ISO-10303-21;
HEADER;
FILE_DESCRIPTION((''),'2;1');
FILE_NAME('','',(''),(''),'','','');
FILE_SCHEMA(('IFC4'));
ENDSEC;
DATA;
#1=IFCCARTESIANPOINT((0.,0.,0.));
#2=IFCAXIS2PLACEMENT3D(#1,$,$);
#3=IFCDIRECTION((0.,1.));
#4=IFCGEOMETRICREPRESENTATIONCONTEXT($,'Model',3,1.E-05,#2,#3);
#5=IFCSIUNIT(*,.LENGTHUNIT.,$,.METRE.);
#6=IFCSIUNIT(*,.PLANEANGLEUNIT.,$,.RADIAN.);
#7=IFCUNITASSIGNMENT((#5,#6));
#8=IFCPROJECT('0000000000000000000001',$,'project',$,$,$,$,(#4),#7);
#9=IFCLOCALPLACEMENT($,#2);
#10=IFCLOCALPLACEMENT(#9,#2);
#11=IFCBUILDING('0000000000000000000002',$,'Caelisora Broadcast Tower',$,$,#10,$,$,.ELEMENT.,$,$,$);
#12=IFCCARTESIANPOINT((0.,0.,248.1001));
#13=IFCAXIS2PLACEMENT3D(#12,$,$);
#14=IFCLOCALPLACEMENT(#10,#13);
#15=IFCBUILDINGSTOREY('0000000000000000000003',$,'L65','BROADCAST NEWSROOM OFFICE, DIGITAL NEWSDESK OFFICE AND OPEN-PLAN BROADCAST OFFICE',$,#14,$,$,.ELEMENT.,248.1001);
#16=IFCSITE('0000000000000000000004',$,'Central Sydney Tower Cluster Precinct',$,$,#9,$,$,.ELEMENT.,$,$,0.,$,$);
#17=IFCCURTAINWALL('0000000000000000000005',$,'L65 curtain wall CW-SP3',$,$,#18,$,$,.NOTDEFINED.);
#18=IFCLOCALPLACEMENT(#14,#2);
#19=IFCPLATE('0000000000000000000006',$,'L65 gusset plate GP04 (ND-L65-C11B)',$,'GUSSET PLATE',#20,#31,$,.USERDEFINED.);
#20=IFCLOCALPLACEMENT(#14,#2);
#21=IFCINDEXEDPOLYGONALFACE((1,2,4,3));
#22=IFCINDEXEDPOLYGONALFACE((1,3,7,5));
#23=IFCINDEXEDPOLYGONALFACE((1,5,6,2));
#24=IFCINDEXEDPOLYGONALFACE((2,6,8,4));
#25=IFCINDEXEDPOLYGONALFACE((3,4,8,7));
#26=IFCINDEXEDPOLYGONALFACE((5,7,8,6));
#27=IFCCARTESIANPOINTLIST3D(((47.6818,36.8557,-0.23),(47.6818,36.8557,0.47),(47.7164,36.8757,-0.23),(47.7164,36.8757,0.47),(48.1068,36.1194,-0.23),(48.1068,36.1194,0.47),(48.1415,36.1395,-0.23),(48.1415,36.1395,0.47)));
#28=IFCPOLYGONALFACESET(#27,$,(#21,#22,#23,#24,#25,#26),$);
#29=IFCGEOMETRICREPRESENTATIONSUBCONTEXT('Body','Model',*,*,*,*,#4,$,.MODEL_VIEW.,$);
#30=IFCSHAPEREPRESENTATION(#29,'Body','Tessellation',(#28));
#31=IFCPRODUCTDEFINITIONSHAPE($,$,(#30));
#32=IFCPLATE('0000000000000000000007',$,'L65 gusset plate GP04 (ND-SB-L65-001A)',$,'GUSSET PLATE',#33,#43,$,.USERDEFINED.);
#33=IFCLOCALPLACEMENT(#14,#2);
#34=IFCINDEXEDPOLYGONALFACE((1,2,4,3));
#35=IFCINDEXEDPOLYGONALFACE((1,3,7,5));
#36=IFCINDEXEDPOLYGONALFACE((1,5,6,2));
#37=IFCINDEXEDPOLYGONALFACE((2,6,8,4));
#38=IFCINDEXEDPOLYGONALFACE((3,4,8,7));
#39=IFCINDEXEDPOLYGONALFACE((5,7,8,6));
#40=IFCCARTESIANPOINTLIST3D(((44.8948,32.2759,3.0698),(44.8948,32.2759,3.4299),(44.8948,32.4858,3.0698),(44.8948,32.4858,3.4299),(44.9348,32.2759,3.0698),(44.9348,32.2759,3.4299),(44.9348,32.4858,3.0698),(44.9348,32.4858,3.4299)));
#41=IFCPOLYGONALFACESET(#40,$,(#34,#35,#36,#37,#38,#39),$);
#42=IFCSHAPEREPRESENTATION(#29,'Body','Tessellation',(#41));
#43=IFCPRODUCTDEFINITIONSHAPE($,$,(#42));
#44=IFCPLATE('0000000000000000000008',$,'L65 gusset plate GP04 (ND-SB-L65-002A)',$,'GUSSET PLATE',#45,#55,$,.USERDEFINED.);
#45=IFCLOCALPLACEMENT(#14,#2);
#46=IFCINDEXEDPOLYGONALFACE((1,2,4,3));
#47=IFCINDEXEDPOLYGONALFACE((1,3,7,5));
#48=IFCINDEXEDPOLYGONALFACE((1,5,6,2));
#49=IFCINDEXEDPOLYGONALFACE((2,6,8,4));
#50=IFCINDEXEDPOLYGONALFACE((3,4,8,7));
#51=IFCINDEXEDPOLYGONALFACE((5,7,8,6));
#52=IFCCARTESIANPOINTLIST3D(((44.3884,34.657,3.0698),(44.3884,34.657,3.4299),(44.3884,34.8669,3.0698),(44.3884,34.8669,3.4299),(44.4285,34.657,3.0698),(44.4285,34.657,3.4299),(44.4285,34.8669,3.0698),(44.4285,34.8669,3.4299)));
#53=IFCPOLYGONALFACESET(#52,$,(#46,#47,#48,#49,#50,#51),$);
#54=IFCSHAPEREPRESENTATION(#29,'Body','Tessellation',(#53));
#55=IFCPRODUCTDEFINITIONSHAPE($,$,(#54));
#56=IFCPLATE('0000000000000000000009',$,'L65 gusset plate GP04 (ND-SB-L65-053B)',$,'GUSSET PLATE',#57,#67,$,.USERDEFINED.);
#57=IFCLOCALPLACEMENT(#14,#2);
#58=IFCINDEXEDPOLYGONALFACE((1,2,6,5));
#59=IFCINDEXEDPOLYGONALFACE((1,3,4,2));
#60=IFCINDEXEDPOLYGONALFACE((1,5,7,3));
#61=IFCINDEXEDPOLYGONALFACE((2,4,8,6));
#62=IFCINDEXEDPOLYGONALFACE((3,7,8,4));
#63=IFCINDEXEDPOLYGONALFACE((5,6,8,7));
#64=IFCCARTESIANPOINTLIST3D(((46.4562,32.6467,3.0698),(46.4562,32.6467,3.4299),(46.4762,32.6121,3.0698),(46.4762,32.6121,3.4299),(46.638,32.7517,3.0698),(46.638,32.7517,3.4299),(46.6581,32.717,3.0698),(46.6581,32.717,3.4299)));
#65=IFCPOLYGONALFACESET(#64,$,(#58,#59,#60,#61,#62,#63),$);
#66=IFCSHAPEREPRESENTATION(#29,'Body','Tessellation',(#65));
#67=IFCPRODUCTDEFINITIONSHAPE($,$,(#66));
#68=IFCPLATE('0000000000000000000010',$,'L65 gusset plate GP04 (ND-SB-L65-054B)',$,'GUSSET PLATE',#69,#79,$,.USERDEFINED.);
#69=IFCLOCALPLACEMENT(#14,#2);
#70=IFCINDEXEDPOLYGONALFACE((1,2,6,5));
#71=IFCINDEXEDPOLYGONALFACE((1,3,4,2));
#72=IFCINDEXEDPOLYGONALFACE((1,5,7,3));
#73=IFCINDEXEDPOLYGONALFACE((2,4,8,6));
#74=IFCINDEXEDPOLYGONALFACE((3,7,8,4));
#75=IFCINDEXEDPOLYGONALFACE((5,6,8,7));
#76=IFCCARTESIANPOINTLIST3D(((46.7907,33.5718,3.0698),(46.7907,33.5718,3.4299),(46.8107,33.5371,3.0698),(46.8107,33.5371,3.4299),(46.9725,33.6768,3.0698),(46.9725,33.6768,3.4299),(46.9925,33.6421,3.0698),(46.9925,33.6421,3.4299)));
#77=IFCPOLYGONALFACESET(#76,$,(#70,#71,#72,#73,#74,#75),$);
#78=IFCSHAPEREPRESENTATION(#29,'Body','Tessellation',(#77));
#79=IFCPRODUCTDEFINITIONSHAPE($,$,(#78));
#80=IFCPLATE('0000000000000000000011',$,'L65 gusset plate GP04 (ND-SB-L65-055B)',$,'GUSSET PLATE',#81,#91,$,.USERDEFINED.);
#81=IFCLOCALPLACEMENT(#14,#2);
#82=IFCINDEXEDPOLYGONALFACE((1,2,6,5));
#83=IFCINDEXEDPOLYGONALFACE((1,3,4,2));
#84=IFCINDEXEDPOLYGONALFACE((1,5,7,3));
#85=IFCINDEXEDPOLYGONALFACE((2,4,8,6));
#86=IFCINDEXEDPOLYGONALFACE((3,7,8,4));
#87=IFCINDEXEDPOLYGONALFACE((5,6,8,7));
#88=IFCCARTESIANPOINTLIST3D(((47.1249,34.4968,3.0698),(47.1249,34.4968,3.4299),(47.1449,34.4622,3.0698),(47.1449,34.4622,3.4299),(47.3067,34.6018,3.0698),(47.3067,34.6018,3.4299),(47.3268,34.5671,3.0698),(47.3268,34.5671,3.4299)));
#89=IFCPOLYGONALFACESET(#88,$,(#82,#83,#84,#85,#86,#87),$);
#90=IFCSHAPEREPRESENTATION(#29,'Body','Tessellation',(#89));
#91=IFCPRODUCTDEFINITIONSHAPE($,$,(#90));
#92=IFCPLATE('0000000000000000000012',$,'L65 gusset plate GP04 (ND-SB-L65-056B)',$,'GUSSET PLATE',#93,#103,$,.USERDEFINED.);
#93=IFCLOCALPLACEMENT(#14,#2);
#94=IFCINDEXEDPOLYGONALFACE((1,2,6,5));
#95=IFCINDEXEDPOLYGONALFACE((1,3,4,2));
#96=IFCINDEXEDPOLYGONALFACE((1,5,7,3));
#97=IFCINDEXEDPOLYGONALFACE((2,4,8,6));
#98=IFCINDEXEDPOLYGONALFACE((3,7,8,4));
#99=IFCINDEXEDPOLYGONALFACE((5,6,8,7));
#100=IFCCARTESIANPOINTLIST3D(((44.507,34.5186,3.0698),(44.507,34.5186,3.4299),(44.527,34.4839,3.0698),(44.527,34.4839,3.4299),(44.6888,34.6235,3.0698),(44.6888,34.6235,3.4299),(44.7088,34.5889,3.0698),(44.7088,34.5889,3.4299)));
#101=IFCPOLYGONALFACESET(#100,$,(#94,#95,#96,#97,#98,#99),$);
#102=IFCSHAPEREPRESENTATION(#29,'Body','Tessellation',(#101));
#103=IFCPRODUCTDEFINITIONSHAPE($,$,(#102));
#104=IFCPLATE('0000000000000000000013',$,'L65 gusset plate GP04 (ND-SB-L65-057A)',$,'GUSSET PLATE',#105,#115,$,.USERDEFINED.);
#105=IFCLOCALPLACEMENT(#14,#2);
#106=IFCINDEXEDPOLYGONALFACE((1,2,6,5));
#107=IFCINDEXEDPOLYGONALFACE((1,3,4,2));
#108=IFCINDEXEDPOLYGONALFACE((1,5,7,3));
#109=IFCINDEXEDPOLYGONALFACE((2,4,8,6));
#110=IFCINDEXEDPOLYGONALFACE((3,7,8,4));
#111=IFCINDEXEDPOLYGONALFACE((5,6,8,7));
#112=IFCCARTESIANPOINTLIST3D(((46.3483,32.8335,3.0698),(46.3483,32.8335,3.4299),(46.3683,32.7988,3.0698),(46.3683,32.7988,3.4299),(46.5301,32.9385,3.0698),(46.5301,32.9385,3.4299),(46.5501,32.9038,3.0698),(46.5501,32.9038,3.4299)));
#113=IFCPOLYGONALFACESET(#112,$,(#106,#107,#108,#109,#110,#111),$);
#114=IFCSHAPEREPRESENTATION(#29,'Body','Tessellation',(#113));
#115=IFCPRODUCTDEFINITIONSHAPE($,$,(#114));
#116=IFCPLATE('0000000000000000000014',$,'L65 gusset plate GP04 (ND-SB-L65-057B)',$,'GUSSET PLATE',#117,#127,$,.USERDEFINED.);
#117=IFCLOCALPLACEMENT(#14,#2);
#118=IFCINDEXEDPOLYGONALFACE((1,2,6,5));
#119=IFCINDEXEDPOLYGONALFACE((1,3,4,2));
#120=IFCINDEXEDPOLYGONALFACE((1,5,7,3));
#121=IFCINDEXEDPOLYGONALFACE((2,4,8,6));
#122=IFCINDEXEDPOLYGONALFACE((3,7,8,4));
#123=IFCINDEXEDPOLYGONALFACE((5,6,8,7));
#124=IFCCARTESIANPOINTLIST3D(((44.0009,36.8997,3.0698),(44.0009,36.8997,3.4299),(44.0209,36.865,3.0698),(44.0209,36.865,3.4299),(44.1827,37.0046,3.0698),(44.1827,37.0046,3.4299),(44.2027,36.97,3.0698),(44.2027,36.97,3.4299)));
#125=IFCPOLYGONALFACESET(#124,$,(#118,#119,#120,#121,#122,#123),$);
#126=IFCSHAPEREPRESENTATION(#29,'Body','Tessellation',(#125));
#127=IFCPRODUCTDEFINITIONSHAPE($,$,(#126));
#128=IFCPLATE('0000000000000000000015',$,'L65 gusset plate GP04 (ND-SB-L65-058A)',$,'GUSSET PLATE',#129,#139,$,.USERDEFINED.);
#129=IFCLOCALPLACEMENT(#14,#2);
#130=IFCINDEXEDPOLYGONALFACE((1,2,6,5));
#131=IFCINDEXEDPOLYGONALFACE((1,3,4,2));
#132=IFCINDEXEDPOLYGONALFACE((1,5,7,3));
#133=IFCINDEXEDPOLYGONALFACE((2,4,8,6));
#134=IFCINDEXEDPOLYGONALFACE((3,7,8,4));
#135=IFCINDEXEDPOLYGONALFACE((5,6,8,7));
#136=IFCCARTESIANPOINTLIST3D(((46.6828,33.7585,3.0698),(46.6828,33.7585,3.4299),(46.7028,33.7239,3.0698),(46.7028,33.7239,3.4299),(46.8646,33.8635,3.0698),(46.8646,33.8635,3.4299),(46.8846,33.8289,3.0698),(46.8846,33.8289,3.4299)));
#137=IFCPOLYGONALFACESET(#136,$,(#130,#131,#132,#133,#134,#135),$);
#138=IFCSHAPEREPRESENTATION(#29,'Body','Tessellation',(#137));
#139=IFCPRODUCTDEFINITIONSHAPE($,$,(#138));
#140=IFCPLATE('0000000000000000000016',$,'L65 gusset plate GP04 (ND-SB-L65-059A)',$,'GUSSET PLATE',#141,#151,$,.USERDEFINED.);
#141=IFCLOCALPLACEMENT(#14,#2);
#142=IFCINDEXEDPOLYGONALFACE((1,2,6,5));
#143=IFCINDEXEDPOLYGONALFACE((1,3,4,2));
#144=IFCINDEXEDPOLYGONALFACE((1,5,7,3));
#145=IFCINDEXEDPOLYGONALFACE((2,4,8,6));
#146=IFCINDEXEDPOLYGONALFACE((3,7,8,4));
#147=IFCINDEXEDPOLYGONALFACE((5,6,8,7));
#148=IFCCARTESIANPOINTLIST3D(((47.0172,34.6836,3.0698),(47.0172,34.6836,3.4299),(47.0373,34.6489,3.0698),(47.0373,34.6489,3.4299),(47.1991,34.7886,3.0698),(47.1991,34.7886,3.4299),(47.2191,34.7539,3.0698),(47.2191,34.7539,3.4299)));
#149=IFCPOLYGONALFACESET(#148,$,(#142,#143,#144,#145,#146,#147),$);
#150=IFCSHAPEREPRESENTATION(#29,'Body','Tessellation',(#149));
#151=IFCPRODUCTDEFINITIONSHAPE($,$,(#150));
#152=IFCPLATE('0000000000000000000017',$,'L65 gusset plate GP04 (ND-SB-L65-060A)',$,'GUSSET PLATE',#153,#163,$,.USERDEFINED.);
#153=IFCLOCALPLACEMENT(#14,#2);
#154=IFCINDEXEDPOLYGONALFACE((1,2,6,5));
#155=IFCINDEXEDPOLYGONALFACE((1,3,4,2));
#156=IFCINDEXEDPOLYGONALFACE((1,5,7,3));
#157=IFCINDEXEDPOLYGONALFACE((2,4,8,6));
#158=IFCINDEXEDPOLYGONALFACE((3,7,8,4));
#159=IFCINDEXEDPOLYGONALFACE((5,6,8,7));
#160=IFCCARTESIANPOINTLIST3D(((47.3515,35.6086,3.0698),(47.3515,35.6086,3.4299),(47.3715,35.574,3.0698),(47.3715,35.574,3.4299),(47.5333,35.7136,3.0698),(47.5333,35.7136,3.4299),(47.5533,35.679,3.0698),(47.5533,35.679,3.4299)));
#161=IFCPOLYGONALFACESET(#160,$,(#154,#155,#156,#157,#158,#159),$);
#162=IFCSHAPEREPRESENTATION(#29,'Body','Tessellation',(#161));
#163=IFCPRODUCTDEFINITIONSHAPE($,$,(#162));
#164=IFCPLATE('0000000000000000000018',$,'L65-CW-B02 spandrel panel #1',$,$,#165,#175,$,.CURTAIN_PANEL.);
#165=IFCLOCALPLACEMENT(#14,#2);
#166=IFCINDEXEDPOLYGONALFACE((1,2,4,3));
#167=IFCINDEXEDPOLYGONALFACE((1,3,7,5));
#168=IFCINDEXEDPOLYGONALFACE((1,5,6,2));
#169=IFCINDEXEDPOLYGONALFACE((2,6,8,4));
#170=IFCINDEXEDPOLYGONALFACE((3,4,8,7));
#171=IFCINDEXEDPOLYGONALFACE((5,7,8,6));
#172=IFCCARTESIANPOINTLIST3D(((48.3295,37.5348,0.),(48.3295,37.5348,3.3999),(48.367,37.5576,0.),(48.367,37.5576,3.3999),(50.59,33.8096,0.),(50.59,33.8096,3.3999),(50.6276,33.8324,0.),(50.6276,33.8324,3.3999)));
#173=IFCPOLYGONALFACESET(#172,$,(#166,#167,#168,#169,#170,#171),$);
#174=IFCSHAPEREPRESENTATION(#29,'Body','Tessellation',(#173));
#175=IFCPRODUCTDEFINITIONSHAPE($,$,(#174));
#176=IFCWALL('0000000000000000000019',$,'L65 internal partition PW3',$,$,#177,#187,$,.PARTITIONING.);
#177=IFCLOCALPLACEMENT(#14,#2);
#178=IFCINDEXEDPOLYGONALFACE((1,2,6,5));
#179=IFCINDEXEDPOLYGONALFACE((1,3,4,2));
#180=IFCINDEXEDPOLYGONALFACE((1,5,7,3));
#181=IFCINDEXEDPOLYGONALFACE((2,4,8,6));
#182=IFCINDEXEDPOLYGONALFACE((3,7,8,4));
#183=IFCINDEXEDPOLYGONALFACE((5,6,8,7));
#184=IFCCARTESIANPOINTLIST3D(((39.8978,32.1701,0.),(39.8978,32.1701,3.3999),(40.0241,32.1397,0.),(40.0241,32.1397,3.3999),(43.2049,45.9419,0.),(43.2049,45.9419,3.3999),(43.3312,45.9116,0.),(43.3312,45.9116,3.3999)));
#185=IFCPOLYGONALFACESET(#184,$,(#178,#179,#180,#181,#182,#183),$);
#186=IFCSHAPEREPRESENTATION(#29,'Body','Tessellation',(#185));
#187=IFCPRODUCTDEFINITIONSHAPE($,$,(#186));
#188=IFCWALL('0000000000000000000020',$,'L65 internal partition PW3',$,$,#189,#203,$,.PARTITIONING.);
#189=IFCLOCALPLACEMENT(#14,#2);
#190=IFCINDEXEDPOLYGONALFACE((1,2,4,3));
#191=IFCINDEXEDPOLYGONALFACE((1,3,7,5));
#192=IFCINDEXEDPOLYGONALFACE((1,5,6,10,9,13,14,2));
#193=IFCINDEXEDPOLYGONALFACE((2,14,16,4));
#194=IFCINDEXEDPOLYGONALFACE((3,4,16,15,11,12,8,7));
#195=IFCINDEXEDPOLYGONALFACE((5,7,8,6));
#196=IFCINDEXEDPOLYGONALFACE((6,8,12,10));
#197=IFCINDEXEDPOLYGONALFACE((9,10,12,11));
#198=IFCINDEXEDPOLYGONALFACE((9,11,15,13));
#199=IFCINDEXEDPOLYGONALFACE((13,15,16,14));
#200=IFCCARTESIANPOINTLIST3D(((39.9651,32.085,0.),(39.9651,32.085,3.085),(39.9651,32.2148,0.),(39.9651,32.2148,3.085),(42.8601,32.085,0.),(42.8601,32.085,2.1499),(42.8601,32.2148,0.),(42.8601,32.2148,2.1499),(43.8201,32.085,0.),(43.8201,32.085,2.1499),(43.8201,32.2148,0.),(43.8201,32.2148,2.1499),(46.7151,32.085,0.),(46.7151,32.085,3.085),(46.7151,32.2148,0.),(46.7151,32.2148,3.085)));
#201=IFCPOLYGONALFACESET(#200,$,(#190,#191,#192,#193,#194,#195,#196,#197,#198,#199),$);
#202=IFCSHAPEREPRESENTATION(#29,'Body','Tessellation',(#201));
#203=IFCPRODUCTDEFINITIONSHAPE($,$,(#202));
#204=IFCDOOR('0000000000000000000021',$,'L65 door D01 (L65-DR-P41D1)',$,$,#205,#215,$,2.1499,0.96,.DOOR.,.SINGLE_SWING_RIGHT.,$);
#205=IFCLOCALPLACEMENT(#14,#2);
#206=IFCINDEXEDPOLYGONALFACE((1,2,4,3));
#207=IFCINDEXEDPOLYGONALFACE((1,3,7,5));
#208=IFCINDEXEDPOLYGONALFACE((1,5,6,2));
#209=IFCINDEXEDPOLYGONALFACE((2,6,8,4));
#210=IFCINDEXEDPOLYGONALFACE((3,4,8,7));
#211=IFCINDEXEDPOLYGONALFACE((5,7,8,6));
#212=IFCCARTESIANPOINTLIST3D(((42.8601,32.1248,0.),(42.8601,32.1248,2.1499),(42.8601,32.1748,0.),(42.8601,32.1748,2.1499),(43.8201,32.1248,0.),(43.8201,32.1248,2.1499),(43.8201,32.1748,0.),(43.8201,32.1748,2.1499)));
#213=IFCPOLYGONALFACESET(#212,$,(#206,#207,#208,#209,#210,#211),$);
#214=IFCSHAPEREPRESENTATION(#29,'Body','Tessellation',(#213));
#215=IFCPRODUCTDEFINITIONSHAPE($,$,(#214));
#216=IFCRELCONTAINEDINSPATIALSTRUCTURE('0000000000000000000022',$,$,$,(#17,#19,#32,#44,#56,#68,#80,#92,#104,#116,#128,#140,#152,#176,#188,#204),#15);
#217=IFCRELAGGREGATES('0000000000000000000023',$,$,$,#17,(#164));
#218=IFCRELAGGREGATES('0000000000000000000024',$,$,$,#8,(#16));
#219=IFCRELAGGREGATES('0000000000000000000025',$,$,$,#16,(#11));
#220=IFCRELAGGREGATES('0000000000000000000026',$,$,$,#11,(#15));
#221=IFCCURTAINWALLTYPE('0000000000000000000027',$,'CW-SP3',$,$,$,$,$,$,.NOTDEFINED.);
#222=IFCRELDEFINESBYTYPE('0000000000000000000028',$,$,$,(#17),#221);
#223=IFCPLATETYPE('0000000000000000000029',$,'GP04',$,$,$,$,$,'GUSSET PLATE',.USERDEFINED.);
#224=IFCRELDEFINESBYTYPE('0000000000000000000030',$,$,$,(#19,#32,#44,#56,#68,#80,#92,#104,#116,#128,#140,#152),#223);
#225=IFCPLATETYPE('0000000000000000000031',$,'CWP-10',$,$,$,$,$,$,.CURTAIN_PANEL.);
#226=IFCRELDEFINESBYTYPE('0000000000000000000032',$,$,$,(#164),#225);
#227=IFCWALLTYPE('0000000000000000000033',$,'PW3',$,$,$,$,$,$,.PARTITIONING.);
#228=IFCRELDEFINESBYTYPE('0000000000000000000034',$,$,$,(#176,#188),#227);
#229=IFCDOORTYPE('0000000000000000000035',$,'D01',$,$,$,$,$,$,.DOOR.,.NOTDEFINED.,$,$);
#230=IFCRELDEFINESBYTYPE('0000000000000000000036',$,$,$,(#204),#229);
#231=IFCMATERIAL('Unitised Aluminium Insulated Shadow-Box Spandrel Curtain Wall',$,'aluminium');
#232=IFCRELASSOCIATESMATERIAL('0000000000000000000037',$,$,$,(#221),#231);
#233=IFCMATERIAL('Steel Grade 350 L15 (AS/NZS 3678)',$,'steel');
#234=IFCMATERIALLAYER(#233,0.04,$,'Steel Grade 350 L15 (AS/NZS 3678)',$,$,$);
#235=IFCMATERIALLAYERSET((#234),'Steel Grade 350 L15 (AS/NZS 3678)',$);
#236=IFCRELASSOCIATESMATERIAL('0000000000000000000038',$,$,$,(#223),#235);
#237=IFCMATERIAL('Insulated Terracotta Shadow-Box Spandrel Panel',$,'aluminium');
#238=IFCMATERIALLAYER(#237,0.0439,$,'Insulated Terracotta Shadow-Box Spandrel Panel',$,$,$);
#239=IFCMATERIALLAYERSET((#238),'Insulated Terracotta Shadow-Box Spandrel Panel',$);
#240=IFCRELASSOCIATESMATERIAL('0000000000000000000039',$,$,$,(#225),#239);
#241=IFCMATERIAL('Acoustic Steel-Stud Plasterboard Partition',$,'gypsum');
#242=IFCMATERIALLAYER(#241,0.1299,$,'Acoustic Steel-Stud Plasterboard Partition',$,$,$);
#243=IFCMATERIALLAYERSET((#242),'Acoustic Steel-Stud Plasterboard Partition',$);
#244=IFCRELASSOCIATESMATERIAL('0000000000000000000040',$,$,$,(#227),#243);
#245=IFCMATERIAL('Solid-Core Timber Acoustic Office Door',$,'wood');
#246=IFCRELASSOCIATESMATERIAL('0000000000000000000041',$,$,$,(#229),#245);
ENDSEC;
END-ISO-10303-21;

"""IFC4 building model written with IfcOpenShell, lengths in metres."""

from ifc_helpers import new_model, si_unit, direction, frame, frame_2d, origin, origin_2d, place, context, subcontext, project, spatial, rectangle, extrude, source, transform, mapped, material, layer, layer_set, type_object, type_shapes, element, fill, aggregate, save


model = new_model("IFC4")

# Units and contexts
model_context = context("Model", 3, precision=1e-05, world=origin(), true_north=direction((0.0, 1.0)))
body_context = subcontext(model_context, "Body", "Model", "MODEL_VIEW")
ifc_project = project(units=[si_unit("LENGTHUNIT", "METRE"), si_unit("PLANEANGLEUNIT", "RADIAN")], contexts=[model_context])

# Site, building, storey
site_placement = place(None, origin())
site = spatial("IfcSite", under=ifc_project, at=site_placement, Name="Central Sydney Tower Cluster Precinct", CompositionType="ELEMENT", RefElevation=0.0)
building_placement = place(site_placement, origin())
building = spatial("IfcBuilding", under=site, at=building_placement, Name="Caelisora Broadcast Tower", CompositionType="ELEMENT")
storey_placement = place(building_placement, frame((0.0, 0.0, 248.1001)))
storey = spatial("IfcBuildingStorey", under=building, at=storey_placement, Name="L65", Description="BROADCAST NEWSROOM OFFICE, DIGITAL NEWSDESK OFFICE AND OPEN-PLAN BROADCAST OFFICE", CompositionType="ELEMENT", Elevation=248.1001)

# Shared definitions
ifc_material_1 = material(Name="Steel Grade 350 L15 (AS/NZS 3678)", Category="steel")

# Curtain wall
ifc_material_2 = material(Name="Unitised Aluminium Insulated Shadow-Box Spandrel Curtain Wall", Category="aluminium")
curtain_wall_type = type_object("IfcCurtainWallType", Name="CW-SP3", PredefinedType="NOTDEFINED", material=ifc_material_2)
curtain_wall_placement = place(storey_placement, origin())
curtain_wall = element("IfcCurtainWall", 1, at=curtain_wall_placement, inside=storey, type_object=curtain_wall_type, Name="L65 curtain wall CW-SP3", PredefinedType="NOTDEFINED")

# Plates
ifc_layer_1 = layer(ifc_material_1, 0.04, Name="Steel Grade 350 L15 (AS/NZS 3678)")
ifc_layer_set_1 = layer_set([ifc_layer_1], Name="Steel Grade 350 L15 (AS/NZS 3678)")
plate_type_1 = type_object("IfcPlateType", Name="GP04", ElementType="GUSSET PLATE", PredefinedType="USERDEFINED", material=ifc_layer_set_1)
shared_shape_1 = source(origin(), body_context, "Body", "SweptSolid", [
    extrude(rectangle(XDim=0.8501, YDim=0.04, at=origin_2d()), origin(), (0.0, 0.0, 1.0), 0.7),
])
plate_1_placement = place(storey_placement, frame((47.9116, 36.4976, -0.23), z_axis=(0.0, 0.0, 1.0), x_axis=(-0.5, 0.866025, 0.0)))
element("IfcPlate", 2, at=plate_1_placement, inside=storey, type_object=plate_type_1, Name="L65 gusset plate GP04 (ND-L65-C11B)", ObjectType="GUSSET PLATE", PredefinedType="USERDEFINED", context=body_context, shape_type="MappedRepresentation", body=[
    mapped(shared_shape_1, transform((0.0, 0.0, 0.0), scale=1.0)),
])
shared_shape_2 = source(origin(), body_context, "Body", "SweptSolid", [
    extrude(rectangle(XDim=0.21, YDim=0.04, at=origin_2d()), origin(), (0.0, 0.0, 1.0), 0.3601),
])
type_shapes(plate_type_1, [shared_shape_1, shared_shape_2])
for number, where, z_axis, x_axis, name in (
    (3, (44.9148, 32.3809, 3.0698), (0.0, 0.0, 1.0), (0.0, -1.0, 0.0), "L65 gusset plate GP04 (ND-SB-L65-001A)"),
    (4, (44.4084, 34.762, 3.0698), (0.0, 0.0, 1.0), (0.0, -1.0, 0.0), "L65 gusset plate GP04 (ND-SB-L65-002A)"),
    (5, (46.5571, 32.6819, 3.0698), (0.0, 0.0, 1.0), (-0.866025, -0.5, 0.0), "L65 gusset plate GP04 (ND-SB-L65-053B)"),
    (6, (46.8916, 33.6069, 3.0698), (0.0, 0.0, 1.0), (-0.866025, -0.5, 0.0), "L65 gusset plate GP04 (ND-SB-L65-054B)"),
    (7, (47.2258, 34.532, 3.0698), (0.0, 0.0, 1.0), (-0.866025, -0.5, 0.0), "L65 gusset plate GP04 (ND-SB-L65-055B)"),
    (8, (44.6079, 34.5537, 3.0698), (0.0, 0.0, 1.0), (-0.866025, -0.5, 0.0), "L65 gusset plate GP04 (ND-SB-L65-056B)"),
    (9, (46.4492, 32.8687, 3.0698), (0.0, 0.0, 1.0), (-0.866025, -0.5, 0.0), "L65 gusset plate GP04 (ND-SB-L65-057A)"),
    (10, (44.1018, 36.9348, 3.0698), (0.0, 0.0, 1.0), (-0.866025, -0.5, 0.0), "L65 gusset plate GP04 (ND-SB-L65-057B)"),
    (11, (46.7837, 33.7937, 3.0698), (0.0, 0.0, 1.0), (-0.866025, -0.5, 0.0), "L65 gusset plate GP04 (ND-SB-L65-058A)"),
    (12, (47.1182, 34.7188, 3.0698), (0.0, 0.0, 1.0), (-0.866025, -0.5, 0.0), "L65 gusset plate GP04 (ND-SB-L65-059A)"),
    (13, (47.4524, 35.6438, 3.0698), (0.0, 0.0, 1.0), (-0.866025, -0.5, 0.0), "L65 gusset plate GP04 (ND-SB-L65-060A)"),
):
    element("IfcPlate", number, at=place(storey_placement, frame(where, z_axis=z_axis, x_axis=x_axis)), inside=storey, type_object=plate_type_1, Name=name, ObjectType="GUSSET PLATE", PredefinedType="USERDEFINED", context=body_context, shape_type="MappedRepresentation", body=[
        mapped(shared_shape_2, transform((0.0, 0.0, 0.0), scale=1.0)),
    ])

# Plate
ifc_material_3 = material(Name="Insulated Terracotta Shadow-Box Spandrel Panel", Category="aluminium")
ifc_layer_2 = layer(ifc_material_3, 0.0439, Name="Insulated Terracotta Shadow-Box Spandrel Panel")
ifc_layer_set_2 = layer_set([ifc_layer_2], Name="Insulated Terracotta Shadow-Box Spandrel Panel")
plate_type_2 = type_object("IfcPlateType", Name="CWP-10", PredefinedType="CURTAIN_PANEL", material=ifc_layer_set_2)
shared_shape_3 = source(origin(), body_context, "Body", "SweptSolid", [
    extrude(rectangle(XDim=4.3574, YDim=0.0439, at=origin_2d()), origin(), (0.0, 0.0, 1.0), 3.3999),
])
type_shapes(plate_type_2, [shared_shape_3])
plate_2_placement = place(storey_placement, frame((49.4785, 35.6836, 0.0), z_axis=(0.0, 0.0, 1.0), x_axis=(0.518773, -0.854912, 0.0)))
plate_2 = element("IfcPlate", 14, at=plate_2_placement, type_object=plate_type_2, Name="L65-CW-B02 spandrel panel #1", PredefinedType="CURTAIN_PANEL", context=body_context, shape_type="MappedRepresentation", body=[
    mapped(shared_shape_3, transform((0.0, 0.0, 0.0), scale=1.0)),
])
aggregate(curtain_wall, [plate_2])

# Wall
ifc_material_4 = material(Name="Acoustic Steel-Stud Plasterboard Partition", Category="gypsum")
ifc_layer_3 = layer(ifc_material_4, 0.1299, Name="Acoustic Steel-Stud Plasterboard Partition")
ifc_layer_set_3 = layer_set([ifc_layer_3], Name="Acoustic Steel-Stud Plasterboard Partition")
wall_type_1 = type_object("IfcWallType", Name="PW3", PredefinedType="PARTITIONING", material=ifc_layer_set_3)
wall_1_placement = place(storey_placement, frame((39.9609, 32.155, 0.0), z_axis=(0.0, 0.0, 1.0), x_axis=(0.233501, 0.972357, 0.0)))
element("IfcWall", 15, at=wall_1_placement, inside=storey, type_object=wall_type_1, Name="L65 internal partition PW3", PredefinedType="PARTITIONING", context=body_context, shape_type="SweptSolid", body=[
    extrude(rectangle(XDim=14.1633, YDim=0.1299, at=frame_2d((7.0815, 0.0))), origin(), (0.0, 0.0, 1.0), 3.3999),
])

# Wall, opening, door
wall_2_placement = place(storey_placement, frame((39.9651, 32.1499, 0.0), z_axis=(0.0, 0.0, 1.0), x_axis=(1.0, 0.0, 0.0)))
wall_2 = element("IfcWall", 16, at=wall_2_placement, inside=storey, type_object=wall_type_1, Name="L65 internal partition PW3", PredefinedType="PARTITIONING", context=body_context, shape_type="SweptSolid", body=[
    extrude(rectangle(XDim=6.75, YDim=0.1299, at=frame_2d((3.375, 0.0))), origin(), (0.0, 0.0, 1.0), 3.085),
])
opening_1_placement = place(wall_2_placement, frame((2.895, 0.0, 0.0)))
opening_1 = element("IfcOpeningElement", 17, at=opening_1_placement, cuts=wall_2, PredefinedType="OPENING", context=body_context, shape_type="SweptSolid", body=[
    extrude(rectangle(XDim=0.96, YDim=2.1499, at=frame_2d((0.48, 1.075))), frame((0.0, 0.0769, 0.0), z_axis=(0.0, -1.0, 0.0), x_axis=(1.0, 0.0, 0.0)), (0.0, 0.0, 1.0), 0.1538),
])
ifc_material_5 = material(Name="Solid-Core Timber Acoustic Office Door", Category="wood")
door_type = type_object("IfcDoorType", Name="D01", OperationType="NOTDEFINED", PredefinedType="DOOR", material=ifc_material_5)
door_1_placement = place(opening_1_placement, origin())
door_1 = element("IfcDoor", 18, at=door_1_placement, inside=storey, type_object=door_type, Name="L65 door D01 (L65-DR-P41D1)", OperationType="SINGLE_SWING_RIGHT", OverallHeight=2.1499, OverallWidth=0.96, PredefinedType="DOOR", context=body_context, shape_type="SweptSolid", body=[
    extrude(rectangle(XDim=0.96, YDim=2.1499, at=frame_2d((0.48, 1.075))), frame((0.0, 0.0249, 0.0), z_axis=(0.0, -1.0, 0.0), x_axis=(1.0, 0.0, 0.0)), (0.0, 0.0, 1.0), 0.05),
])
fill(opening_1, door_1)

save(model, "model.ifc")
